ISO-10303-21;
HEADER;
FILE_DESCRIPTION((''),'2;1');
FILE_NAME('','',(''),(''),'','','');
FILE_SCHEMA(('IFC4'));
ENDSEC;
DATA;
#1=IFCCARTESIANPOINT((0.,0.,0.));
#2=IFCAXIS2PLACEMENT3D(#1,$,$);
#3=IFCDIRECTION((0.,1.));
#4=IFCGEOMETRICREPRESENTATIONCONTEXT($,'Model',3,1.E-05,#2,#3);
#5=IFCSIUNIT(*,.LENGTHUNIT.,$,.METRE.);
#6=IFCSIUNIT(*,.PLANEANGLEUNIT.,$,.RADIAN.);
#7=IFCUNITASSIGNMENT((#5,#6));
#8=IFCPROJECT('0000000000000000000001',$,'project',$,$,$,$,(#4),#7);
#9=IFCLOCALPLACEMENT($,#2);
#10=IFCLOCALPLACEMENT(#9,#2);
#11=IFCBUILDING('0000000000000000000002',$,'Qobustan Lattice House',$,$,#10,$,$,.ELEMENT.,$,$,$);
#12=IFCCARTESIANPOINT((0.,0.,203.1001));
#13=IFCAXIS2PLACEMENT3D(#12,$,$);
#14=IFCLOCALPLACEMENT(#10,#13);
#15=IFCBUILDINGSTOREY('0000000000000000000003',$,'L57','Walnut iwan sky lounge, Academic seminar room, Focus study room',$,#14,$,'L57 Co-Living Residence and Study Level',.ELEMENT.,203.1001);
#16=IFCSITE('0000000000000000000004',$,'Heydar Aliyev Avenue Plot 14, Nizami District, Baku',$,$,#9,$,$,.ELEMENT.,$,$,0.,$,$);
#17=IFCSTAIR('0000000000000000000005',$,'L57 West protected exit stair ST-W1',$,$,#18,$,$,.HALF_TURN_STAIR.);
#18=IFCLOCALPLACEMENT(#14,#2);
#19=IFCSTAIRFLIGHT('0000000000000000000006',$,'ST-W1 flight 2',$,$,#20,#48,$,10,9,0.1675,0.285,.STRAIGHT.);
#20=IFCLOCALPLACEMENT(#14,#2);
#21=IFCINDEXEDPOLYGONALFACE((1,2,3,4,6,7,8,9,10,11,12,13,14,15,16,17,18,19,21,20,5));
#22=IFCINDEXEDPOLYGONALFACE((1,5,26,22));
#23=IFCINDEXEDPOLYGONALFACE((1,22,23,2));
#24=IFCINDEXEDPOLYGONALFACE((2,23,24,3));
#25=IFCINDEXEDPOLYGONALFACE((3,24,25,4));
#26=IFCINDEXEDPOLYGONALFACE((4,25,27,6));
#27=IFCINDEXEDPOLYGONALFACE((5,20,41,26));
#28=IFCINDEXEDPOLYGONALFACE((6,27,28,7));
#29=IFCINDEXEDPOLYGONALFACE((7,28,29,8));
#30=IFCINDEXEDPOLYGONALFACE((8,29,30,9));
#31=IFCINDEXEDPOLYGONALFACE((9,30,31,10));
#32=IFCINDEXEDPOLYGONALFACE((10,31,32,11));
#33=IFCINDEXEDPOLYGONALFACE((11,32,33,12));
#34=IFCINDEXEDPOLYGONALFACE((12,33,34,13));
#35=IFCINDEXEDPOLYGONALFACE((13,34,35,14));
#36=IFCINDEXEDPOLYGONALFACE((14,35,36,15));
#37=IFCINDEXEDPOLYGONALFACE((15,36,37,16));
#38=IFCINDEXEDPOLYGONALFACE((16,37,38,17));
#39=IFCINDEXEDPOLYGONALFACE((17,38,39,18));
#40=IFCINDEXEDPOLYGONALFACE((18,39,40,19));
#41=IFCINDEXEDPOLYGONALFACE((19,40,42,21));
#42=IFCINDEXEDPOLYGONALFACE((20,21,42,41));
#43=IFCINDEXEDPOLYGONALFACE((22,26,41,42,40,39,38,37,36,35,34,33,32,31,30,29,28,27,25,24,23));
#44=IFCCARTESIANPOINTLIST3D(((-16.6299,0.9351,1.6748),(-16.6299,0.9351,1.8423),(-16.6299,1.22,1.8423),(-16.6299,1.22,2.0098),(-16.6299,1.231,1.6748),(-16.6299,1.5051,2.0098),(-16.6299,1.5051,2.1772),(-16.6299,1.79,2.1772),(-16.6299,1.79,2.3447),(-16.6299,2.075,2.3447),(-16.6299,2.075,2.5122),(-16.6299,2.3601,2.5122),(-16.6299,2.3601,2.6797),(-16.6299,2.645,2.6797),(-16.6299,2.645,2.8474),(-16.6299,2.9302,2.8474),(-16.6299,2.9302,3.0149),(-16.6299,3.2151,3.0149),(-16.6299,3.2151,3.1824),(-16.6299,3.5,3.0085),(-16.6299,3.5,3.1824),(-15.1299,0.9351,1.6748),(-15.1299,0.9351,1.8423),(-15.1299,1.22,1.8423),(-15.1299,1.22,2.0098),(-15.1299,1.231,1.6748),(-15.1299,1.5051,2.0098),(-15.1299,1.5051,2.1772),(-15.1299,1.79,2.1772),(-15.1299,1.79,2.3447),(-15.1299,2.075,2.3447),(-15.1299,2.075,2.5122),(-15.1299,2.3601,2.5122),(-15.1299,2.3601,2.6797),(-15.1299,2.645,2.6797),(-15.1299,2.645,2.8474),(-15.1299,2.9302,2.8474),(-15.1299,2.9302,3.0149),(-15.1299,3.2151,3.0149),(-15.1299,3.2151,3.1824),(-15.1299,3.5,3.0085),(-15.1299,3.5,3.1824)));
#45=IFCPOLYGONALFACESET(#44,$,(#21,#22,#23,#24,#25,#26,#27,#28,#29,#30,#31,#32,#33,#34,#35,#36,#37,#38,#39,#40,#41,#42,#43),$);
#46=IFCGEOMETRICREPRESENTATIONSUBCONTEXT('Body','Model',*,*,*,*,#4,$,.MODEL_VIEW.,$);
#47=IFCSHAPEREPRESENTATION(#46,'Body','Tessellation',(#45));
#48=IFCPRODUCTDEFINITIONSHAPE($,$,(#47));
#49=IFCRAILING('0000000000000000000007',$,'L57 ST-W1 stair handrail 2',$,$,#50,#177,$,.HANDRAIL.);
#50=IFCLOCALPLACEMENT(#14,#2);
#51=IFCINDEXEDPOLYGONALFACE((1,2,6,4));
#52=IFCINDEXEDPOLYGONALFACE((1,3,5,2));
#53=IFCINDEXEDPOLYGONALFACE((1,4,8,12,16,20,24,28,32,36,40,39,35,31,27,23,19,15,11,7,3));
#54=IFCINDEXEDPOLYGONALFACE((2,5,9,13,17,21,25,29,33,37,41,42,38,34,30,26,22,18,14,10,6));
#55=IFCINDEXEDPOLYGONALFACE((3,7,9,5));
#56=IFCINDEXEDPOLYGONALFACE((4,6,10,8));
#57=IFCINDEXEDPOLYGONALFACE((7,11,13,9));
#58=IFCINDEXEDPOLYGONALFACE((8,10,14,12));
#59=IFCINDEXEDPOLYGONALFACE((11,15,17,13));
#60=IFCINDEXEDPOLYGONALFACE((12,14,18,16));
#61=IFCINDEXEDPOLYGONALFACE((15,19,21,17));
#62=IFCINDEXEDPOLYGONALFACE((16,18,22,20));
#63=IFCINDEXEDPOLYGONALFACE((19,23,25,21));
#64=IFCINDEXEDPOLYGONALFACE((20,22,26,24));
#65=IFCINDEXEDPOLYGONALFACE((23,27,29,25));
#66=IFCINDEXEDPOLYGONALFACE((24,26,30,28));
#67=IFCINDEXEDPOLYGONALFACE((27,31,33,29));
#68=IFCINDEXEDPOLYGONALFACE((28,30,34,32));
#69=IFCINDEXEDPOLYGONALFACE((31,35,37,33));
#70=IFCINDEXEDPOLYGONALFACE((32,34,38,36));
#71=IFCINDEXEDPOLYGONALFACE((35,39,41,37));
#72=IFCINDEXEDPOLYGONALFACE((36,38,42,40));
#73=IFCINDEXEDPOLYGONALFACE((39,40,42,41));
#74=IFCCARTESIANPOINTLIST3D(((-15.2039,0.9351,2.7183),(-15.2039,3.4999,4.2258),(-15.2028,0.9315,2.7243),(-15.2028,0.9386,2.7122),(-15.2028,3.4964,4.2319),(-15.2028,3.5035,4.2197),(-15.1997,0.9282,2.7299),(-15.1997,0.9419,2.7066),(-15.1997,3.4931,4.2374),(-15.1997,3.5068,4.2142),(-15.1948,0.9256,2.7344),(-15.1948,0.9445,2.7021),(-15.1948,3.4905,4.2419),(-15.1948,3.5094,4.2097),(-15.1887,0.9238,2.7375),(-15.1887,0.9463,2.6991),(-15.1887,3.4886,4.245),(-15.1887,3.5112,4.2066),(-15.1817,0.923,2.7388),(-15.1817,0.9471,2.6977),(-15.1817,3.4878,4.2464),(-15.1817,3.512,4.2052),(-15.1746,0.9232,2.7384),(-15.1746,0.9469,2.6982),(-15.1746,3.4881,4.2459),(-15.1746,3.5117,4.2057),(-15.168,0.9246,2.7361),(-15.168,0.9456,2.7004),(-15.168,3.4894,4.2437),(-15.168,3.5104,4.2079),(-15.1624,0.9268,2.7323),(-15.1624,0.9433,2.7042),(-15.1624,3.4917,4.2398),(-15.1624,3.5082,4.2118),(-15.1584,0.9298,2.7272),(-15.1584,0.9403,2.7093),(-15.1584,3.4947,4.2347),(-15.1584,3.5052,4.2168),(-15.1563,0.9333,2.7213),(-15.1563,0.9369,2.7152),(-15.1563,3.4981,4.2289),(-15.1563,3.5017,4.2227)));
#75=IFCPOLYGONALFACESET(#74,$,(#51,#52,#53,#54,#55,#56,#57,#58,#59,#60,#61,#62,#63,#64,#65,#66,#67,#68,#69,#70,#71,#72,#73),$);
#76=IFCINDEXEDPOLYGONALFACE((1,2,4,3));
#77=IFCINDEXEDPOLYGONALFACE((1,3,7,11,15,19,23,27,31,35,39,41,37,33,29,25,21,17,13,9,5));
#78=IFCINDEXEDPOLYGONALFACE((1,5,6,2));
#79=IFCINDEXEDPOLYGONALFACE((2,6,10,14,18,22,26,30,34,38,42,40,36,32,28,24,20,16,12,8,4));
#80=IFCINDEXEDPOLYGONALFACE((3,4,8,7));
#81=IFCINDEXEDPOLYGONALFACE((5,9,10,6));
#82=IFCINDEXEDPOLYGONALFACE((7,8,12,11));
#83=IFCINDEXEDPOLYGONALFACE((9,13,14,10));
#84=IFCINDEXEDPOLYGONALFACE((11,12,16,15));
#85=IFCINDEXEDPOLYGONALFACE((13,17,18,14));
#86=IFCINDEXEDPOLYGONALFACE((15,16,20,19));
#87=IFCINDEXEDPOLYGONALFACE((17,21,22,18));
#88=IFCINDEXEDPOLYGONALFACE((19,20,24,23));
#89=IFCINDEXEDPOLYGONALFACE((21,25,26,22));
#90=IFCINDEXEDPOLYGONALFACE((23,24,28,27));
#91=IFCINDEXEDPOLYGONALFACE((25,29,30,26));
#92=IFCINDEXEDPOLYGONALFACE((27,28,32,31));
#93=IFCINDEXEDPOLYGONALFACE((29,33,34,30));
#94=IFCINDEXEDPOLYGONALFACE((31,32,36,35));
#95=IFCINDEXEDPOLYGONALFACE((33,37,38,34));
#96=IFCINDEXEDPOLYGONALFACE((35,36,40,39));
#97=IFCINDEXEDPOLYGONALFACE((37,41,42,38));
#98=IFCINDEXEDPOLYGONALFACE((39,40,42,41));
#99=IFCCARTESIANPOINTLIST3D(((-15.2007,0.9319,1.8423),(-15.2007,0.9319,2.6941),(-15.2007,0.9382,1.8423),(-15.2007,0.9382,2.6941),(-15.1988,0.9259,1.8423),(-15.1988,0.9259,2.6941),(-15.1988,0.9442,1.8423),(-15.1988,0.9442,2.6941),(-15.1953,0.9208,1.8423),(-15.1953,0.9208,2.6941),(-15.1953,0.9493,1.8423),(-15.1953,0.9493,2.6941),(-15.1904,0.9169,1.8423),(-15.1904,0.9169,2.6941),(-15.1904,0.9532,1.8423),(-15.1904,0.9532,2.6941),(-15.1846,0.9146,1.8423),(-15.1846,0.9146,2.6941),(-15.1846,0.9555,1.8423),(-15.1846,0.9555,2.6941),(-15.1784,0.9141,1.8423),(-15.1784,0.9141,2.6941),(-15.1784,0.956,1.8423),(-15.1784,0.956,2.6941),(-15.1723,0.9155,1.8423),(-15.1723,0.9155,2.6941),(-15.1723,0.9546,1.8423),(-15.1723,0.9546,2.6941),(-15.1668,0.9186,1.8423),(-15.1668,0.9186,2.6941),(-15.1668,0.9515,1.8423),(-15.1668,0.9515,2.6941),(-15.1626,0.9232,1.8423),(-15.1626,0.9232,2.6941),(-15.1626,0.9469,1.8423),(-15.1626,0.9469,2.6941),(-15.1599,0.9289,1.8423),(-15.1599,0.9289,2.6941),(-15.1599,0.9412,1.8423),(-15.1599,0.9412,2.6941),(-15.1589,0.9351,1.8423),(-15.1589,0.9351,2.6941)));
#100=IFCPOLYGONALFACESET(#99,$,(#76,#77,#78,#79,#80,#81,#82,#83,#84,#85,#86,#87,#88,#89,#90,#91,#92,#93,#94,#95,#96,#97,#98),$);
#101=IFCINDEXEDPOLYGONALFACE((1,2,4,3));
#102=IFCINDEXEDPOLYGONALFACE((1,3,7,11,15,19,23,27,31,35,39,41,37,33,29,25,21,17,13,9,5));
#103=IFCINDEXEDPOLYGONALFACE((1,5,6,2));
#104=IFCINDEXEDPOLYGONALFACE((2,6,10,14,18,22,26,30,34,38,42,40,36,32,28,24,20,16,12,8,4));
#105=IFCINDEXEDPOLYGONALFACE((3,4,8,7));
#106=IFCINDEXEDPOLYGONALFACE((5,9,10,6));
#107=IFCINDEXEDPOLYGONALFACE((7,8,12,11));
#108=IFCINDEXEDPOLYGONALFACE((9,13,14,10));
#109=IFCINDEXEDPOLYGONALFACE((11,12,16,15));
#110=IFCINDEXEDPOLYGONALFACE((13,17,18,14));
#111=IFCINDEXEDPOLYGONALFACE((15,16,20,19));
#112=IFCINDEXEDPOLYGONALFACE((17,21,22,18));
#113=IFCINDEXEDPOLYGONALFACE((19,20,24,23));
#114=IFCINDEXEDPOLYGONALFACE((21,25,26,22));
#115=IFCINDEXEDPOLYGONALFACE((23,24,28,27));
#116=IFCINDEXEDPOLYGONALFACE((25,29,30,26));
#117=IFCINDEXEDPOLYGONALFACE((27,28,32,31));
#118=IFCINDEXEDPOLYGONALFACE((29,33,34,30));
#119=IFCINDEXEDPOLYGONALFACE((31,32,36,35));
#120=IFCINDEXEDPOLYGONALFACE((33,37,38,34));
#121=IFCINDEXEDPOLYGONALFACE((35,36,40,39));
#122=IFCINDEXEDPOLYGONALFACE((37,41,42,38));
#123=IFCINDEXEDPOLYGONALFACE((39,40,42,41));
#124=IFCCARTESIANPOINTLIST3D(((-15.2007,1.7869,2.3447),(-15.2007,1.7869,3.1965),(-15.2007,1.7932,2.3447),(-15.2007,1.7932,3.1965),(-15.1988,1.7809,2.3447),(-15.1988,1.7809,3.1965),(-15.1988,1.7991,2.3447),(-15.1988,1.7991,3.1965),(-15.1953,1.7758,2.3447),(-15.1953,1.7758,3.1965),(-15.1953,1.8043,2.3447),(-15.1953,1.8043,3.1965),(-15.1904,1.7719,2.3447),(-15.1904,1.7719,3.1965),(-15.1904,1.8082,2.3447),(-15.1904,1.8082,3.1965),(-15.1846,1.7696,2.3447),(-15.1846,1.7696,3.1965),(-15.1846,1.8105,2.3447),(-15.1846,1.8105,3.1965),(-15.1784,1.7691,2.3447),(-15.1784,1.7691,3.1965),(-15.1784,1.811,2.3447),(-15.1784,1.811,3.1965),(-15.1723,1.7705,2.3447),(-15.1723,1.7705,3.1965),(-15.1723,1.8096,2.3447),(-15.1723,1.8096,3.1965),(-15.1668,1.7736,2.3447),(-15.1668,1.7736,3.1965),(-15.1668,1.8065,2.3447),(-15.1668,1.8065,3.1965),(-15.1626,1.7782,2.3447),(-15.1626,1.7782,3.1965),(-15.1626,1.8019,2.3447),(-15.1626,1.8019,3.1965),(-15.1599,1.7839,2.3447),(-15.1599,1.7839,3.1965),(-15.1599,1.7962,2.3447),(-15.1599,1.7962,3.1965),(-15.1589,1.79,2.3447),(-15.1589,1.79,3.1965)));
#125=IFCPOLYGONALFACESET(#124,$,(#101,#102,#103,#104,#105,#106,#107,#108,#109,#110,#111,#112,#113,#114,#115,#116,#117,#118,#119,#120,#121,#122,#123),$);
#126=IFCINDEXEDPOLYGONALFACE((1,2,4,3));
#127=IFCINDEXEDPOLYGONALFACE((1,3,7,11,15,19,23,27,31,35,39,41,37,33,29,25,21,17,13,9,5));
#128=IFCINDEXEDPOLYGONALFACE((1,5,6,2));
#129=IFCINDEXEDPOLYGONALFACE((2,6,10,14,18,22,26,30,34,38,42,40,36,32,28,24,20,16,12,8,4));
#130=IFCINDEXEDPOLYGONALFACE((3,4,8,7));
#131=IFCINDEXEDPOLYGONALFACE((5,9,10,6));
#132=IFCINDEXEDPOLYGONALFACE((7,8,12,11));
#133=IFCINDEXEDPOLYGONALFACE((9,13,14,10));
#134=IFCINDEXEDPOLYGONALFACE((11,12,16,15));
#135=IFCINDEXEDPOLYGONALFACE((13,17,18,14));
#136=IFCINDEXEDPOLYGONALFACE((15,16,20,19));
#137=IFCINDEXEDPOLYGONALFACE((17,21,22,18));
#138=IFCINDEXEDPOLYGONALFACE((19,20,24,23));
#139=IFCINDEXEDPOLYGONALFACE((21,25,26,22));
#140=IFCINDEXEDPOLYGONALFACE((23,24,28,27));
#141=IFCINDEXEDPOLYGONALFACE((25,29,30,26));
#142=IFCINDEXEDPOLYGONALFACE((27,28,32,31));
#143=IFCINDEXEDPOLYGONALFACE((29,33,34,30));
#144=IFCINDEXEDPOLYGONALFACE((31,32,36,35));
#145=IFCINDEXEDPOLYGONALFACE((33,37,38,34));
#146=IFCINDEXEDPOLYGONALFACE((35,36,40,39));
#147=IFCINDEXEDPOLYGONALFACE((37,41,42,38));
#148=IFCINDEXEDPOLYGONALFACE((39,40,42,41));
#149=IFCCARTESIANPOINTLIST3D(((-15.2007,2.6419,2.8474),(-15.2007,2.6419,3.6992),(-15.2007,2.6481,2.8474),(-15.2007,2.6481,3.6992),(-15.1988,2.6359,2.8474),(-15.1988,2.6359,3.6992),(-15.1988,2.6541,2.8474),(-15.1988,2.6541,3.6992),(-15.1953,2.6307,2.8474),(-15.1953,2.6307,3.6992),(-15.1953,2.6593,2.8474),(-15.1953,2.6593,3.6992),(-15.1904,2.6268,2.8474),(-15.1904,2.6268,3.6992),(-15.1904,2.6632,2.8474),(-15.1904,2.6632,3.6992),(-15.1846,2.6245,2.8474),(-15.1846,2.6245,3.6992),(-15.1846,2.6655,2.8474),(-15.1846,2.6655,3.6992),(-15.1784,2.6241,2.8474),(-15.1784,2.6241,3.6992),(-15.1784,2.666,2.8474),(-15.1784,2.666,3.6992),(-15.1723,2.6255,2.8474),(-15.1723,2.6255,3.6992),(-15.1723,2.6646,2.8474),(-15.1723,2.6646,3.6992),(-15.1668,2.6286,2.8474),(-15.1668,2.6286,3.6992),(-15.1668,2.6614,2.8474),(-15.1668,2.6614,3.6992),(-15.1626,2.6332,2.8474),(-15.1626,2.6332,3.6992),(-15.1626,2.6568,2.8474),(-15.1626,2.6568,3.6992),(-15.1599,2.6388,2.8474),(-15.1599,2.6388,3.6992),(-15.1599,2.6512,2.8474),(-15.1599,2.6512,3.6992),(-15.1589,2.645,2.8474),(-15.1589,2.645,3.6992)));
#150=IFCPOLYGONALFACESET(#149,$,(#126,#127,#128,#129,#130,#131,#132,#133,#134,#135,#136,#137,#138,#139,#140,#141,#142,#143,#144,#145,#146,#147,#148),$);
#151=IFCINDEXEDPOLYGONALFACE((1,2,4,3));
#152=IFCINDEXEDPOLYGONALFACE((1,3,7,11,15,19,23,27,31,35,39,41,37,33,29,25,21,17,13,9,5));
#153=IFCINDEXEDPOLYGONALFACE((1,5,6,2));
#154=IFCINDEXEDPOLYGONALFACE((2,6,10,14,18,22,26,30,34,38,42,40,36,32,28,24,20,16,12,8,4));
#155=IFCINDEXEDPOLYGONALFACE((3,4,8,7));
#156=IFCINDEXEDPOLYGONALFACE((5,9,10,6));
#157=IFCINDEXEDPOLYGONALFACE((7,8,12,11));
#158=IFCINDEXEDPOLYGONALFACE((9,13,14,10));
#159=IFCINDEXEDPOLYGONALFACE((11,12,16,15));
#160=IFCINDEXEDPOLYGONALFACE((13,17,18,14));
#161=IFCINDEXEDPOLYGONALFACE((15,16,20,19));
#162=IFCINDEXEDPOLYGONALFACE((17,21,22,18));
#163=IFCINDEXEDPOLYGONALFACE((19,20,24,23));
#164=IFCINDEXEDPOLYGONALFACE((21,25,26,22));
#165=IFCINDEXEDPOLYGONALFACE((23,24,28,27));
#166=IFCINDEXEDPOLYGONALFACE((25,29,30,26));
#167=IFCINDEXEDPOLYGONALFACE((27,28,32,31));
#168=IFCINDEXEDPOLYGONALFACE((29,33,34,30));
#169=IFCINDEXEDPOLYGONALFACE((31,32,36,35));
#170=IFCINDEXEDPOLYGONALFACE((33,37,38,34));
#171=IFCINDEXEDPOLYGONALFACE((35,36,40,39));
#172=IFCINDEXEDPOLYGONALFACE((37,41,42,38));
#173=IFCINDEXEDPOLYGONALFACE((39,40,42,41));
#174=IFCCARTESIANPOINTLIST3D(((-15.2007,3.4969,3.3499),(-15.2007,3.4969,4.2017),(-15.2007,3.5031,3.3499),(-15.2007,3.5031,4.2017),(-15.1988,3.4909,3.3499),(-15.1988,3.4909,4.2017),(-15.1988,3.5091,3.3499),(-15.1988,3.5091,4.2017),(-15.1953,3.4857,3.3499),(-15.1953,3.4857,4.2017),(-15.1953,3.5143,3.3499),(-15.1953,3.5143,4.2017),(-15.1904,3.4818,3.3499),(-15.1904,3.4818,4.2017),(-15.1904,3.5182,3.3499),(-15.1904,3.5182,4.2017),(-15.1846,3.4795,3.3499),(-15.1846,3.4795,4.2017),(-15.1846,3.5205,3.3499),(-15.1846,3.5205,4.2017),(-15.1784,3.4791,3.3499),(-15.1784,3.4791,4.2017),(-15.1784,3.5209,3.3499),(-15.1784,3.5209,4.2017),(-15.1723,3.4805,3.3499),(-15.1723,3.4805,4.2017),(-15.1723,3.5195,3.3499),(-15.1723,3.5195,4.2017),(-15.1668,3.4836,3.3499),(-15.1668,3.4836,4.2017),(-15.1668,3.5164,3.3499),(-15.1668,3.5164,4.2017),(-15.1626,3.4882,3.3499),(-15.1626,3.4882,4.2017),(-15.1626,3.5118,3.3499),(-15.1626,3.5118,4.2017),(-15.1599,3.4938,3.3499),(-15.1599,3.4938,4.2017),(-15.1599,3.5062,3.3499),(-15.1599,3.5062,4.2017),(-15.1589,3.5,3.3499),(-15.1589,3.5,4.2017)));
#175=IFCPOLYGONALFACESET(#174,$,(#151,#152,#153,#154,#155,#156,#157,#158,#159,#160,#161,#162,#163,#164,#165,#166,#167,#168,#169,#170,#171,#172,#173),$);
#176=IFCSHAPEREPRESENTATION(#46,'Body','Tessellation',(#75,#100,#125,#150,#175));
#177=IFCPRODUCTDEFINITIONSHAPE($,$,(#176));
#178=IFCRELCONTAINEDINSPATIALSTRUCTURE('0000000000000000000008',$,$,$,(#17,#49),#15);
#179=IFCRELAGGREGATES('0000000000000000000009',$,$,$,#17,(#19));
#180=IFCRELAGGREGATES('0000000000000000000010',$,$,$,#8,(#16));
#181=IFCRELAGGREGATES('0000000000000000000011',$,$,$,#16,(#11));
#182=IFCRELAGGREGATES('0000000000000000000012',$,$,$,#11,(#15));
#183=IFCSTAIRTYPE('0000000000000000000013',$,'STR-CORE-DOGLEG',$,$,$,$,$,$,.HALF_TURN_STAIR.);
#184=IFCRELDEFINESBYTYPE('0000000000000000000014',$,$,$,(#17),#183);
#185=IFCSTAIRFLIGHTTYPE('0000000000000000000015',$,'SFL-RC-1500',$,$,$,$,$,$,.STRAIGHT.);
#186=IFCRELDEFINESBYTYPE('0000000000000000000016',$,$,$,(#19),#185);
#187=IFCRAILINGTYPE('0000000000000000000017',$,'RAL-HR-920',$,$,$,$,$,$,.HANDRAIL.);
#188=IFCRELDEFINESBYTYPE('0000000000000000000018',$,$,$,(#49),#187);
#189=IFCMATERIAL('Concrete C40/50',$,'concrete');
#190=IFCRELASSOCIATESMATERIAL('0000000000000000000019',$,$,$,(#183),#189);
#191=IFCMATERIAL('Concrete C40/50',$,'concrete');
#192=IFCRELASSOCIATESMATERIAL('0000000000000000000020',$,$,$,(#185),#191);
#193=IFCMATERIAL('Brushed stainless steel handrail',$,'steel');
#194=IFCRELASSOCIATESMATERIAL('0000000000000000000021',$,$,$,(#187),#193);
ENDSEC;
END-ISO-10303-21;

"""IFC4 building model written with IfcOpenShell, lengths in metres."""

from ifc_helpers import new_model, si_unit, direction, frame, origin, origin_2d, place, context, subcontext, project, spatial, polyline, circle, outline, extrude, material, type_object, element, aggregate, save


model = new_model("IFC4")

# Units and contexts
model_context = context("Model", 3, precision=1e-05, world=origin(), true_north=direction((0.0, 1.0)))
body_context = subcontext(model_context, "Body", "Model", "MODEL_VIEW")
ifc_project = project(units=[si_unit("LENGTHUNIT", "METRE"), si_unit("PLANEANGLEUNIT", "RADIAN")], contexts=[model_context])

# Site, building, storey
site_placement = place(None, origin())
site = spatial("IfcSite", under=ifc_project, at=site_placement, Name="Heydar Aliyev Avenue Plot 14, Nizami District, Baku", CompositionType="ELEMENT", RefElevation=0.0)
building_placement = place(site_placement, origin())
building = spatial("IfcBuilding", under=site, at=building_placement, Name="Qobustan Lattice House", CompositionType="ELEMENT")
storey_placement = place(building_placement, frame((0.0, 0.0, 203.1001)))
storey = spatial("IfcBuildingStorey", under=building, at=storey_placement, Name="L57", Description="Walnut iwan sky lounge, Academic seminar room, Focus study room", LongName="L57 Co-Living Residence and Study Level", CompositionType="ELEMENT", Elevation=203.1001)

# Stair, stair flight
ifc_material_1 = material(Name="Concrete C40/50", Category="concrete")
stair_type = type_object("IfcStairType", Name="STR-CORE-DOGLEG", PredefinedType="HALF_TURN_STAIR", material=ifc_material_1)
stair_placement = place(storey_placement, origin())
stair = element("IfcStair", 1, at=stair_placement, inside=storey, type_object=stair_type, Name="L57 West protected exit stair ST-W1", PredefinedType="HALF_TURN_STAIR")
ifc_material_2 = material(Name="Concrete C40/50", Category="concrete")
stair_flight_type = type_object("IfcStairFlightType", Name="SFL-RC-1500", PredefinedType="STRAIGHT", material=ifc_material_2)
stair_flight_placement = place(storey_placement, frame((-15.8799, 0.9351, 1.6748), z_axis=(0.0, 0.0, 1.0), x_axis=(0.0, 1.0, 0.0)))
stair_flight = element("IfcStairFlight", 2, at=stair_flight_placement, type_object=stair_flight_type, Name="ST-W1 flight 2", NumberOfRisers=10, NumberOfTreads=9, PredefinedType="STRAIGHT", RiserHeight=0.1675, TreadLength=0.285, context=body_context, shape_type="SweptSolid", body=[
    extrude(outline(polyline([(0.0, 0.0), (0.0, 0.1675), (0.2849, 0.1675), (0.2849, 0.335), (0.5701, 0.335), (0.5701, 0.5024), (0.855, 0.5024), (0.855, 0.6699), (1.1399, 0.6699), (1.1399, 0.8374), (1.425, 0.8374), (1.425, 1.0049), (1.71, 1.0049), (1.71, 1.1726), (1.9951, 1.1726), (1.9951, 1.3401), (2.28, 1.3401), (2.28, 1.5076), (2.5649, 1.5076), (2.5649, 1.675), (2.5649, 1.3337), (0.2959, 0.0), (0.0, 0.0)])), frame((0.0, 0.75, 0.0), z_axis=(0.0, -1.0, 0.0), x_axis=(1.0, 0.0, 0.0)), (0.0, 0.0, 1.0), 1.5),
])
aggregate(stair, [stair_flight])

# Railing
ifc_material_3 = material(Name="Brushed stainless steel handrail", Category="steel")
railing_type_1 = type_object("IfcRailingType", Name="RAL-HR-920", PredefinedType="HANDRAIL", material=ifc_material_3)
railing_1_placement = place(storey_placement, frame((-15.1799, 0.9351, 1.8423)))
element("IfcRailing", 3, at=railing_1_placement, inside=storey, type_object=railing_type_1, Name="L57 ST-W1 stair handrail 2", PredefinedType="HANDRAIL", context=body_context, shape_type="SweptSolid", body=[
    extrude(circle(Radius=0.0239, at=origin_2d()), frame((0.0, 0.0, 0.876), z_axis=(0.0, 0.862113, 0.506715), x_axis=(-1.0, 0.0, 0.0)), (0.0, 0.0, 1.0), 2.9751),
    extrude(circle(Radius=0.021, at=origin_2d()), origin(), (0.0, 0.0, 1.0), 0.8518),
    extrude(circle(Radius=0.021, at=origin_2d()), frame((0.0, 0.855, 0.5024)), (0.0, 0.0, 1.0), 0.8518),
    extrude(circle(Radius=0.021, at=origin_2d()), frame((0.0, 1.71, 1.0051)), (0.0, 0.0, 1.0), 0.8518),
    extrude(circle(Radius=0.021, at=origin_2d()), frame((0.0, 2.5649, 1.5076)), (0.0, 0.0, 1.0), 0.8518),
])

save(model, "model.ifc")
